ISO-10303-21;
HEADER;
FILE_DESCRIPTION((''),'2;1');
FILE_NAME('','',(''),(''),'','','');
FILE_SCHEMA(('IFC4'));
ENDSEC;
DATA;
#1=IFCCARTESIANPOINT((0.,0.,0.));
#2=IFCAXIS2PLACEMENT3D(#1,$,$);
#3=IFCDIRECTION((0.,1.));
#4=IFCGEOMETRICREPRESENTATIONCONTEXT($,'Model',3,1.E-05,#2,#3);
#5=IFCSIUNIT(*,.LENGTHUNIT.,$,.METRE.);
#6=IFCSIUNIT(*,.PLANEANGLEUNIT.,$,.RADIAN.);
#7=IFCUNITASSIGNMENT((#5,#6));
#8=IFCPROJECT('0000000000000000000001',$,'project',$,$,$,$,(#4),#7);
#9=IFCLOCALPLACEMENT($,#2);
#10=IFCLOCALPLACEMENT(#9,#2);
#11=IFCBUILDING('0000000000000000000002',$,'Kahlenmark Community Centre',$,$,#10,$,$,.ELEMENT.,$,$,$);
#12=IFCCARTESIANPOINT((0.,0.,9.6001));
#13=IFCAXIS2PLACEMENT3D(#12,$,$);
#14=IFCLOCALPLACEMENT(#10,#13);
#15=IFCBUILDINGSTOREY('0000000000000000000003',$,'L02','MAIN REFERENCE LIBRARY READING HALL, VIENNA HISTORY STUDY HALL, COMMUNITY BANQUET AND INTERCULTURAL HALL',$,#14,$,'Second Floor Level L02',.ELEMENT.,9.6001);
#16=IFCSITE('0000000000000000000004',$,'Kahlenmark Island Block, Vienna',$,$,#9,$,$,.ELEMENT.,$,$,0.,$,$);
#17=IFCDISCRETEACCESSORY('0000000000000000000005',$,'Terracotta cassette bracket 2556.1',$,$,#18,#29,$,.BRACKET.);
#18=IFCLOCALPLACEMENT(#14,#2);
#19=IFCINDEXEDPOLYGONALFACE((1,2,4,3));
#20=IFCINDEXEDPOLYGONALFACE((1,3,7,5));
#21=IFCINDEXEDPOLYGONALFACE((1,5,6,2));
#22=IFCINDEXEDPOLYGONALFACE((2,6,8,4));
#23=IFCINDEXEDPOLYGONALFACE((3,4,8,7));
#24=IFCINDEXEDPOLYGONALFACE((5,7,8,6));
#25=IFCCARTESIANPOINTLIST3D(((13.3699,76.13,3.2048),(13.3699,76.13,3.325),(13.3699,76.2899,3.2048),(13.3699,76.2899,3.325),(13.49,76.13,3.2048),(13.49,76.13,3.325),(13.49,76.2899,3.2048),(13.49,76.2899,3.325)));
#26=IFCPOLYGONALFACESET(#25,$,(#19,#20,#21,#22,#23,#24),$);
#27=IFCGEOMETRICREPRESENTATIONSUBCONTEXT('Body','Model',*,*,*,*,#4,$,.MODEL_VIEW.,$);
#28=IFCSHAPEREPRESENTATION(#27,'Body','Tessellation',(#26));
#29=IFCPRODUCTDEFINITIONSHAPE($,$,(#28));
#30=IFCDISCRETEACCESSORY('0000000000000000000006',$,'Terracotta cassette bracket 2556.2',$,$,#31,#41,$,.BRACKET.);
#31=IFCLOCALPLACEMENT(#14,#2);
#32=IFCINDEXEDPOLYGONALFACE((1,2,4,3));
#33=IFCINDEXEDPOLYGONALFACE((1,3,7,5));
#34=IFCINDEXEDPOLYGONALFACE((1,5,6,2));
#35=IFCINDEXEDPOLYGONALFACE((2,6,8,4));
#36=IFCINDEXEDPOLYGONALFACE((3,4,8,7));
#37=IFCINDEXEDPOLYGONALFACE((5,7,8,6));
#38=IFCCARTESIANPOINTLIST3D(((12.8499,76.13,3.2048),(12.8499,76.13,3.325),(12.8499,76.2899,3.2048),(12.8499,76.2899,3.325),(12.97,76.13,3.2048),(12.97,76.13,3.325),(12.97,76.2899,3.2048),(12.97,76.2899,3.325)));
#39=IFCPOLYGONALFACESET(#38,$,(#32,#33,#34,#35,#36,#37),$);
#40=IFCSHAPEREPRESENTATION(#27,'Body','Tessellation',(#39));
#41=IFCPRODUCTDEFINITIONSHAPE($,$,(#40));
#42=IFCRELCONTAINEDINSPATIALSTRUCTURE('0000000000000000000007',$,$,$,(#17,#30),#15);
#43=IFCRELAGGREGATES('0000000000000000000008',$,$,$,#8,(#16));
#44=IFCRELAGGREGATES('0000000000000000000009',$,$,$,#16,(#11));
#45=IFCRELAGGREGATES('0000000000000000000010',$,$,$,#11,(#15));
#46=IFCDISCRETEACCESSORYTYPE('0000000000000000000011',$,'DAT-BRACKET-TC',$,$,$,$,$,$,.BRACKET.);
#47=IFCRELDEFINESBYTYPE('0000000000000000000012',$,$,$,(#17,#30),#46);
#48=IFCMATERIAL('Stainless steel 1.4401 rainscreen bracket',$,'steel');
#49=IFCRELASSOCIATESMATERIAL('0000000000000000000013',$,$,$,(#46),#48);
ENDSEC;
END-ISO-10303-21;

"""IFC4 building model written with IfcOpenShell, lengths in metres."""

from ifc_helpers import new_model, si_unit, direction, frame, origin, origin_2d, place, context, subcontext, project, spatial, rectangle, extrude, material, type_object, element, save


model = new_model("IFC4")

# Units and contexts
model_context = context("Model", 3, precision=1e-05, world=origin(), true_north=direction((0.0, 1.0)))
body_context = subcontext(model_context, "Body", "Model", "MODEL_VIEW")
ifc_project = project(units=[si_unit("LENGTHUNIT", "METRE"), si_unit("PLANEANGLEUNIT", "RADIAN")], contexts=[model_context])

# Site, building, storey
site_placement = place(None, origin())
site = spatial("IfcSite", under=ifc_project, at=site_placement, Name="Kahlenmark Island Block, Vienna", CompositionType="ELEMENT", RefElevation=0.0)
building_placement = place(site_placement, origin())
building = spatial("IfcBuilding", under=site, at=building_placement, Name="Kahlenmark Community Centre", CompositionType="ELEMENT")
storey_placement = place(building_placement, frame((0.0, 0.0, 9.6001)))
storey = spatial("IfcBuildingStorey", under=building, at=storey_placement, Name="L02", Description="MAIN REFERENCE LIBRARY READING HALL, VIENNA HISTORY STUDY HALL, COMMUNITY BANQUET AND INTERCULTURAL HALL", LongName="Second Floor Level L02", CompositionType="ELEMENT", Elevation=9.6001)

# Discrete accessories
ifc_material_1 = material(Name="Stainless steel 1.4401 rainscreen bracket", Category="steel")
discrete_accessory_type = type_object("IfcDiscreteAccessoryType", Name="DAT-BRACKET-TC", PredefinedType="BRACKET", material=ifc_material_1)
for number, where, z_axis, x_axis, name in (
    (1, (13.4299, 76.21, 3.2048), (0.0, 0.0, 1.0), (-1.0, 0.0, 0.0), "Terracotta cassette bracket 2556.1"),
    (2, (12.9099, 76.21, 3.2048), (0.0, 0.0, 1.0), (-1.0, 0.0, 0.0), "Terracotta cassette bracket 2556.2"),
):
    element("IfcDiscreteAccessory", number, at=place(storey_placement, frame(where, z_axis=z_axis, x_axis=x_axis)), inside=storey, type_object=discrete_accessory_type, Name=name, PredefinedType="BRACKET", context=body_context, shape_type="SweptSolid", body=[
        extrude(rectangle(XDim=0.1201, YDim=0.1599, at=origin_2d()), origin(), (0.0, 0.0, 1.0), 0.1201),
    ])

save(model, "model.ifc")
